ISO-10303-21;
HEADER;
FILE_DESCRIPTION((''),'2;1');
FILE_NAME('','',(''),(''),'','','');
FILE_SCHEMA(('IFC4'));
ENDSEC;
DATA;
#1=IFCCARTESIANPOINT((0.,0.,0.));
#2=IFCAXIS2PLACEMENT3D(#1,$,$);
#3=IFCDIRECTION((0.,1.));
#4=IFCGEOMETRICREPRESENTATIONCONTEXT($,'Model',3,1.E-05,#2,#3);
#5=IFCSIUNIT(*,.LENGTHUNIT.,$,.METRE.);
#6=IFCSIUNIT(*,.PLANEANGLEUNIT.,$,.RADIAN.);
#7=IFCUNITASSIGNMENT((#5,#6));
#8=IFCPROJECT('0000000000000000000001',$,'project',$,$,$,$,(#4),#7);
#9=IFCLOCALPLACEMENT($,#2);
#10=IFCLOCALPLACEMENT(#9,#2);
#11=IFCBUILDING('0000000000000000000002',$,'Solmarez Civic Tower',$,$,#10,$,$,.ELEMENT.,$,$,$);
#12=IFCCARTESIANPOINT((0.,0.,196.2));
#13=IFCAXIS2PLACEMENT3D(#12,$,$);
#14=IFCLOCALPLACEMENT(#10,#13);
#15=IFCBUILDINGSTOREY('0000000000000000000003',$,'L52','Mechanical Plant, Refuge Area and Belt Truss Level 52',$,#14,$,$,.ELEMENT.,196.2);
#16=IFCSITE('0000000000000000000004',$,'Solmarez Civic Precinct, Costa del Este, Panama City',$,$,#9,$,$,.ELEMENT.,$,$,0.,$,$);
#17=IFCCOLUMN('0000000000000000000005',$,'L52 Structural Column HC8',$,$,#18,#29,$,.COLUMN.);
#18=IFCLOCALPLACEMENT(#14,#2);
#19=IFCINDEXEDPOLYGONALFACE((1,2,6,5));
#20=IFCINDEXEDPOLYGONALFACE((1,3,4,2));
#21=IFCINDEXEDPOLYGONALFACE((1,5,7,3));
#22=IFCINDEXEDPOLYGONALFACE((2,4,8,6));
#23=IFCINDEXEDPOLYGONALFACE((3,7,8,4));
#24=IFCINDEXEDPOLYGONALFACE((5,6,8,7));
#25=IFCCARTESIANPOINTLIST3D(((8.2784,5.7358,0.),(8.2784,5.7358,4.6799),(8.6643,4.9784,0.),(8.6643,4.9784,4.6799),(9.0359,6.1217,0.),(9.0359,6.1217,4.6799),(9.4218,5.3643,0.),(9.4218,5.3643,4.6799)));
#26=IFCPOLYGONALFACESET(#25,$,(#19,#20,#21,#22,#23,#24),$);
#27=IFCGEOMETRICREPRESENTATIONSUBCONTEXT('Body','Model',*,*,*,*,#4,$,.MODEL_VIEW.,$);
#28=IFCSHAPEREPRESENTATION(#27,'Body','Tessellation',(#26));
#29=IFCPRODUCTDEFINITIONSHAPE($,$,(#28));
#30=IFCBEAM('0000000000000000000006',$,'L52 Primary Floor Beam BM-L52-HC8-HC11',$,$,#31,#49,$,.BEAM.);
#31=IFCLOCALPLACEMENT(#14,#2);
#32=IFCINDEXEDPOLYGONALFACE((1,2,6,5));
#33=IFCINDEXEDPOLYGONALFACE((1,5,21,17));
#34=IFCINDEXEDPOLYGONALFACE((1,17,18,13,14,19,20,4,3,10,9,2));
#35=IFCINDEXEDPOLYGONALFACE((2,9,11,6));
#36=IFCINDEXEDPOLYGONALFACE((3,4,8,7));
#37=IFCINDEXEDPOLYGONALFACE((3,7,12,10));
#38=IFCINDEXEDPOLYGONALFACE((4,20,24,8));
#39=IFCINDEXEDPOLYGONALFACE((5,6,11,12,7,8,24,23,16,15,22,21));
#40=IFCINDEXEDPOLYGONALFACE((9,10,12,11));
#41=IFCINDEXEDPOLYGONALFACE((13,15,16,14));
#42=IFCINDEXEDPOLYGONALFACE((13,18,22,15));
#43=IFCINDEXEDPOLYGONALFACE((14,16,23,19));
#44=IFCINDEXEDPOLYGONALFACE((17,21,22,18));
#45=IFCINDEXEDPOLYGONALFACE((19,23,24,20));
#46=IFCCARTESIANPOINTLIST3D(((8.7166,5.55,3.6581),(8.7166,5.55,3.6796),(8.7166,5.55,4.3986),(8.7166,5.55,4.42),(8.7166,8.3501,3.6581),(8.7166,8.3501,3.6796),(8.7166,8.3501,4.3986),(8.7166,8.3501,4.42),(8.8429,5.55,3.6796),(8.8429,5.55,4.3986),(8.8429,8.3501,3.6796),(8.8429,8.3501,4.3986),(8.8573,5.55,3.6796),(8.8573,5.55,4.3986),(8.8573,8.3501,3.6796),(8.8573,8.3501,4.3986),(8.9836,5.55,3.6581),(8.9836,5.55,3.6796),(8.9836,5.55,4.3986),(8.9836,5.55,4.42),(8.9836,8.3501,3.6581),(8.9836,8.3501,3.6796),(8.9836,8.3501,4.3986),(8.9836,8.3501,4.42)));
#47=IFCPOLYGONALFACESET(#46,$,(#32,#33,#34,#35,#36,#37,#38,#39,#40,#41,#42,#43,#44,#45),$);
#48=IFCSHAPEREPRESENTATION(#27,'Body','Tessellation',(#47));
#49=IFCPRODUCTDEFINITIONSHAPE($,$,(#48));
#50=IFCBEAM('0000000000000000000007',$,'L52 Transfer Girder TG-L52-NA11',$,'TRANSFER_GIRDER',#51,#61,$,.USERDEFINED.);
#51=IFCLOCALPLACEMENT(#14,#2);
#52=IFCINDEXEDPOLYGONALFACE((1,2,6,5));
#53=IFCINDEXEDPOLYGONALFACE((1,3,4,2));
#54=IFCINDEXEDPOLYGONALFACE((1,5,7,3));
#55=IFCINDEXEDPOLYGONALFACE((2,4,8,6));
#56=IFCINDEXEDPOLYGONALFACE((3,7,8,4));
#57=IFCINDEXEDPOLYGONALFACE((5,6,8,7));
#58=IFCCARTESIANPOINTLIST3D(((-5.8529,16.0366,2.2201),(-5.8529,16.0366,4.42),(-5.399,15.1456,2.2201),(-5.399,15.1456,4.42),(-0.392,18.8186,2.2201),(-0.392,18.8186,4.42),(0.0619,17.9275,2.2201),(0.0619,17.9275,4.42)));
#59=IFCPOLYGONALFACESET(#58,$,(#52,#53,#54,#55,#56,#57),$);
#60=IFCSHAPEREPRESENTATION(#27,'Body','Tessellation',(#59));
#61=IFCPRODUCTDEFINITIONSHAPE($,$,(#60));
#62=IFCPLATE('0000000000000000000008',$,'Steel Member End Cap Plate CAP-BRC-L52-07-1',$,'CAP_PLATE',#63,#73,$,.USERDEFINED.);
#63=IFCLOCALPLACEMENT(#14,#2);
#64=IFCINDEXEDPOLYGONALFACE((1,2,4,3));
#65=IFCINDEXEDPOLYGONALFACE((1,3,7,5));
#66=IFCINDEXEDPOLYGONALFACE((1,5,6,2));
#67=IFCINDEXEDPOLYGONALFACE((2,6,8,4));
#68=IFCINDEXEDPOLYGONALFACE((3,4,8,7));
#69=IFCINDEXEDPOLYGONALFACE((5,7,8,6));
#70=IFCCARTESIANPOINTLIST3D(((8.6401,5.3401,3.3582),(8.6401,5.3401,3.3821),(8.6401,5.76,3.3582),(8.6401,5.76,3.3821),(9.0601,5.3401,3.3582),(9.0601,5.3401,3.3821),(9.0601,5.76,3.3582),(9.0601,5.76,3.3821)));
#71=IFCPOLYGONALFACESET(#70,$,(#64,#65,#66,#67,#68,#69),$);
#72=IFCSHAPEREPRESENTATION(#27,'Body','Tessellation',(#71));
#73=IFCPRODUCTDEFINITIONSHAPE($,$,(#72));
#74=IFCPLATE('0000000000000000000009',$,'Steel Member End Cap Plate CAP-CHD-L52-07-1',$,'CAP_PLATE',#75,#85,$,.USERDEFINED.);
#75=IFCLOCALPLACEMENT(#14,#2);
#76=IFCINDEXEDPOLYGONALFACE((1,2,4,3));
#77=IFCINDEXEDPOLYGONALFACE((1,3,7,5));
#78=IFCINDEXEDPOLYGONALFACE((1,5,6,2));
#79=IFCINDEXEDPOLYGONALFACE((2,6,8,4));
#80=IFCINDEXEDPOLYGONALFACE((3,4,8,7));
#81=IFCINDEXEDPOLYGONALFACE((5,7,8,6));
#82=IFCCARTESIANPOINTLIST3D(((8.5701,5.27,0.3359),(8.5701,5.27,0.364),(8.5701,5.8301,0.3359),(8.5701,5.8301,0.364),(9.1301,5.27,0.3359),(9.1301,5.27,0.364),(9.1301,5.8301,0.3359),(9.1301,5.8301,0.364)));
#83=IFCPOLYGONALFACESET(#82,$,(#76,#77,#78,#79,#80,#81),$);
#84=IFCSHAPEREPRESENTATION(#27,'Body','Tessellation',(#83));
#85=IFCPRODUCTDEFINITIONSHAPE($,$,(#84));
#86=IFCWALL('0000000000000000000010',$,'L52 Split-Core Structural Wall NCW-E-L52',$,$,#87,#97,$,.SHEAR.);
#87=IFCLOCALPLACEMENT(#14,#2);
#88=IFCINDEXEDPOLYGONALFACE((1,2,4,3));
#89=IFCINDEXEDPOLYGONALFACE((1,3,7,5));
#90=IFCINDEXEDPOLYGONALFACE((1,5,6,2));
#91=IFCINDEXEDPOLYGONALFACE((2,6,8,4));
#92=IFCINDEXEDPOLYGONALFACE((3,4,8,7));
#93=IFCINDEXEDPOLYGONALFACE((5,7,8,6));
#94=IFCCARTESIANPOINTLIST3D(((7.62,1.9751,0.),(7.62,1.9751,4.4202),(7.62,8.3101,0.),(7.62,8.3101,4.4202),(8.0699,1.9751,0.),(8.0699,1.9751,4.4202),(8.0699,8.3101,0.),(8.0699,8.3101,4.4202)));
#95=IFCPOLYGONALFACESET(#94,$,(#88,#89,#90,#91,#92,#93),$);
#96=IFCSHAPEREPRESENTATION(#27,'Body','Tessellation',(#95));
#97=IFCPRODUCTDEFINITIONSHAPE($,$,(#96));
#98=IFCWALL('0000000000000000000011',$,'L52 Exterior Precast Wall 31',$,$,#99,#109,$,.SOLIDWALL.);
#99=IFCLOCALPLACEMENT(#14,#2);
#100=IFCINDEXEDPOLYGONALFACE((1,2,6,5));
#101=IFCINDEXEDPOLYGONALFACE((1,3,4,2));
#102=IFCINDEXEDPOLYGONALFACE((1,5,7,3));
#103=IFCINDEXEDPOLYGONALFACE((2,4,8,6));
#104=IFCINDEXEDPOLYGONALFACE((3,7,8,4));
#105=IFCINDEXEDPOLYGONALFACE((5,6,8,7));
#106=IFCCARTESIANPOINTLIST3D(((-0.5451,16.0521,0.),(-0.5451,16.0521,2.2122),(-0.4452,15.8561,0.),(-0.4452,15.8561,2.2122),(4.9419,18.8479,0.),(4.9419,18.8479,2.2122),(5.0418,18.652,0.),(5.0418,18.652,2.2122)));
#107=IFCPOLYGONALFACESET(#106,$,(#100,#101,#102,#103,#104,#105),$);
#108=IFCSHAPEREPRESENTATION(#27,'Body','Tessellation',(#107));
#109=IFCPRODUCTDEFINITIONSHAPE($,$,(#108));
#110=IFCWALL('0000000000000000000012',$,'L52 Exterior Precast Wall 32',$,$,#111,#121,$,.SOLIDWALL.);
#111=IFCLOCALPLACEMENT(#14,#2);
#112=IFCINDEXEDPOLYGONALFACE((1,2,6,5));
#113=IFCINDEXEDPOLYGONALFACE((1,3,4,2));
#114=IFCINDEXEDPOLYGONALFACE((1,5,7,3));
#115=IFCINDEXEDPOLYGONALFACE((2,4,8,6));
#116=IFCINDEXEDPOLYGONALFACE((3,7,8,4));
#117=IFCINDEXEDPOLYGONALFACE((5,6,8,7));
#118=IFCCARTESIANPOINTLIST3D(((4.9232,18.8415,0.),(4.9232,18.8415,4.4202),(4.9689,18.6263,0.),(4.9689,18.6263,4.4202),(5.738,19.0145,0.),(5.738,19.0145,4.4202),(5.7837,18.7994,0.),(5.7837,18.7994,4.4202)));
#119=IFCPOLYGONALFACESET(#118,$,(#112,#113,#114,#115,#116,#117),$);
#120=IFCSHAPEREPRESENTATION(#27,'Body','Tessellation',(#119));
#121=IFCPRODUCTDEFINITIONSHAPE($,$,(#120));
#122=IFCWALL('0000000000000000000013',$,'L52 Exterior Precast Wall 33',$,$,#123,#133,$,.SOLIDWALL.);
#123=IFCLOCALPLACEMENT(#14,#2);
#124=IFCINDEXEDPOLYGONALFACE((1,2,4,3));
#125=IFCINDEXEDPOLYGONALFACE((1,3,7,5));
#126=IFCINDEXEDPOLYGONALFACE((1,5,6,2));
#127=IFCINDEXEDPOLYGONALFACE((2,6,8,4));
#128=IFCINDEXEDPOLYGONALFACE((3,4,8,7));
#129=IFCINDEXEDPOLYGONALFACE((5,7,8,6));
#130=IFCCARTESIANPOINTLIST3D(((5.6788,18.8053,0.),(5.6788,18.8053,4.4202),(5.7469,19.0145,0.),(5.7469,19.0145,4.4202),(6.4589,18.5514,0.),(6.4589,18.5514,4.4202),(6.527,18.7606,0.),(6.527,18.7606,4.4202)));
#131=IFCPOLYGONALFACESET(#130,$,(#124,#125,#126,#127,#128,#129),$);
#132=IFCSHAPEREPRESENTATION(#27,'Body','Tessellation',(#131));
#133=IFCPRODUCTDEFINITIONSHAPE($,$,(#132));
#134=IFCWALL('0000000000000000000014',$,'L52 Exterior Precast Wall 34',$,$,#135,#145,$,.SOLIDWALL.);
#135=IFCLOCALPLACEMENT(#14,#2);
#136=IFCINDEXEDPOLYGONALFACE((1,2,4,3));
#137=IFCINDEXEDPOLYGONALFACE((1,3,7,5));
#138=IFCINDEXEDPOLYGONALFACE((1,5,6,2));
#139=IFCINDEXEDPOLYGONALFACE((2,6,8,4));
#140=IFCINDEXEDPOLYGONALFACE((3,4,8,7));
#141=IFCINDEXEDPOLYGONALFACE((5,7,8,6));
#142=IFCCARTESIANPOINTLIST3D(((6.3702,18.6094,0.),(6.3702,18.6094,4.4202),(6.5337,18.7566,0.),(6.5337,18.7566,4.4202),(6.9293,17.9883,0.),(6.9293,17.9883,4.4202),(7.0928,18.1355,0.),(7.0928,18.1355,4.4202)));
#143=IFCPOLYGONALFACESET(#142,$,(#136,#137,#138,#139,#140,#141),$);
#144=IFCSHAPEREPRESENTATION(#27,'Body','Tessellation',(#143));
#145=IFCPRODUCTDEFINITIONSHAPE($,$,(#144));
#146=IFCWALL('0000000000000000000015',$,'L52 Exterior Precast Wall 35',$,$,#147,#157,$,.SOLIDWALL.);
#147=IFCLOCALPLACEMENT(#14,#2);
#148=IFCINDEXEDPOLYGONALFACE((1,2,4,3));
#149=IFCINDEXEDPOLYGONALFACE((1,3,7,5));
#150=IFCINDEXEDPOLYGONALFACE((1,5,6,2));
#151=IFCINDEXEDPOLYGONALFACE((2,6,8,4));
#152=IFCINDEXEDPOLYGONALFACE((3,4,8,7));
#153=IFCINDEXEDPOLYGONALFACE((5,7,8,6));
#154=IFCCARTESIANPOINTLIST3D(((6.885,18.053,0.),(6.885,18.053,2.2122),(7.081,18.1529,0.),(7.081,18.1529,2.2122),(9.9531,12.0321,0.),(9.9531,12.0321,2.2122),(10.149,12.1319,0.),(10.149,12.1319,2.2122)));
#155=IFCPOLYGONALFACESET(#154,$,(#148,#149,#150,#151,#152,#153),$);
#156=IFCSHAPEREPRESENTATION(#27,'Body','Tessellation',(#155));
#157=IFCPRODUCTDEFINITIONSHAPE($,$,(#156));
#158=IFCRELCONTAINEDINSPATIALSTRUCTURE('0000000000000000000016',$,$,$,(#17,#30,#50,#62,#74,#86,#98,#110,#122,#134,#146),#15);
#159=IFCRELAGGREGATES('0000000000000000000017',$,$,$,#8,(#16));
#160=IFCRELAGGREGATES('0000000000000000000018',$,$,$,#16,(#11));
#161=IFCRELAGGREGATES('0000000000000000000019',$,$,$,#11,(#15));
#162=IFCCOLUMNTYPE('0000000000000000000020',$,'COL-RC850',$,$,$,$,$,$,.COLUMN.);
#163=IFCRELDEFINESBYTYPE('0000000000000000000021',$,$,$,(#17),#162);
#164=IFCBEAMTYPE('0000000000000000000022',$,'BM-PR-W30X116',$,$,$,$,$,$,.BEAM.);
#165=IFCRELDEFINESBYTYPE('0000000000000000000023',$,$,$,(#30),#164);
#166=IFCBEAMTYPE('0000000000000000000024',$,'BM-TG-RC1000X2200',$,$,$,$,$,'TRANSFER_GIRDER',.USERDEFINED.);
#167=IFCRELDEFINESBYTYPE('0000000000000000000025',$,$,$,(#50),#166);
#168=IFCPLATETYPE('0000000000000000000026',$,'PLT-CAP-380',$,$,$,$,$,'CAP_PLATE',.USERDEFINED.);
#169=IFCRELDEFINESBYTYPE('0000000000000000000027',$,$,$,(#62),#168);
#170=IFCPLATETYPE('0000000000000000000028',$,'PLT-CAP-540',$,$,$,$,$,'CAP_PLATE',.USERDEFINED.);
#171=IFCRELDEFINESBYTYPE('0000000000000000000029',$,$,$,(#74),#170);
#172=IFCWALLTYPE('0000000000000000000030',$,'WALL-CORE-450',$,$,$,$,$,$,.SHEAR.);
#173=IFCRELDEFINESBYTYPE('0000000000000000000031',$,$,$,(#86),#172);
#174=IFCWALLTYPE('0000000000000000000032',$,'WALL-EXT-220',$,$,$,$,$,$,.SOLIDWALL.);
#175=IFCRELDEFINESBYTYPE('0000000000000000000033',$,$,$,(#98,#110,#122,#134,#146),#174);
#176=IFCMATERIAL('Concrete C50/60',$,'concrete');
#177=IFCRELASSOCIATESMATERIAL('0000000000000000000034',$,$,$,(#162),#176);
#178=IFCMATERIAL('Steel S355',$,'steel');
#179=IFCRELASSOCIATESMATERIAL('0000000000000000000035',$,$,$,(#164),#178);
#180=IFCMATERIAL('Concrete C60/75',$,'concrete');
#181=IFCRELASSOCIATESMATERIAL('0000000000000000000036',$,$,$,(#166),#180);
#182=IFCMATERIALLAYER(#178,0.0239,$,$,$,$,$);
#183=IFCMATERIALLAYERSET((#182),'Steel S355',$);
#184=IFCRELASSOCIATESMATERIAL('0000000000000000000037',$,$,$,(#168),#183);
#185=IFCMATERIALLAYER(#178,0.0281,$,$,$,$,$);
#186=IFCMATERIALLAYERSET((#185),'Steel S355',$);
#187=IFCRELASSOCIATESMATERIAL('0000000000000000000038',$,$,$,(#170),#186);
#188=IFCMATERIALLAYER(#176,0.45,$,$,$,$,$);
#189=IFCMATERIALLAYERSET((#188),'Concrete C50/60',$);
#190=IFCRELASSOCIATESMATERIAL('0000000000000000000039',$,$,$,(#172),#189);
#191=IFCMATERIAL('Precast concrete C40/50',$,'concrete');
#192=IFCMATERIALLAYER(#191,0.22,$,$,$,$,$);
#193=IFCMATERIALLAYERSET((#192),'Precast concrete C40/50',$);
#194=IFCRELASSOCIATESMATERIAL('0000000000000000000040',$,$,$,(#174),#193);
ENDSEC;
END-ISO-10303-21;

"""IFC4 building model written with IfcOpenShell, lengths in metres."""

from ifc_helpers import new_model, si_unit, direction, frame, frame_2d, origin, origin_2d, place, context, subcontext, project, spatial, rectangle, i_section, extrude, material, layer, layer_set, material_profile, profile_set, type_object, element, save


model = new_model("IFC4")

# Units and contexts
model_context = context("Model", 3, precision=1e-05, world=origin(), true_north=direction((0.0, 1.0)))
body_context = subcontext(model_context, "Body", "Model", "MODEL_VIEW")
ifc_project = project(units=[si_unit("LENGTHUNIT", "METRE"), si_unit("PLANEANGLEUNIT", "RADIAN")], contexts=[model_context])

# Site, building, storey
site_placement = place(None, origin())
site = spatial("IfcSite", under=ifc_project, at=site_placement, Name="Solmarez Civic Precinct, Costa del Este, Panama City", CompositionType="ELEMENT", RefElevation=0.0)
building_placement = place(site_placement, origin())
building = spatial("IfcBuilding", under=site, at=building_placement, Name="Solmarez Civic Tower", CompositionType="ELEMENT")
storey_placement = place(building_placement, frame((0.0, 0.0, 196.2)))
storey = spatial("IfcBuildingStorey", under=building, at=storey_placement, Name="L52", Description="Mechanical Plant, Refuge Area and Belt Truss Level 52", CompositionType="ELEMENT", Elevation=196.2)

# Column
ifc_material_1 = material(Name="Concrete C50/60", Category="concrete")
ifc_material_profile_1 = material_profile(ifc_material_1, rectangle(XDim=0.8501, YDim=0.8501, at=origin_2d()), Name="RC850X850")
ifc_profile_set_1 = profile_set([ifc_material_profile_1], Name="Concrete C50/60")
column_type = type_object("IfcColumnType", Name="COL-RC850", PredefinedType="COLUMN", material=ifc_profile_set_1)
column_placement = place(storey_placement, frame((8.8501, 5.55, 0.0), z_axis=(0.0, 0.0, 1.0), x_axis=(0.891007, 0.45399, 0.0)))
element("IfcColumn", 1, at=column_placement, inside=storey, type_object=column_type, Name="L52 Structural Column HC8", PredefinedType="COLUMN", context=body_context, shape_type="SweptSolid", body=[
    extrude(rectangle(XDim=0.8501, YDim=0.8501, at=origin_2d()), origin(), (0.0, 0.0, 1.0), 4.6799),
])

# Beams
ifc_material_2 = material(Name="Steel S355", Category="steel")
ifc_material_profile_2 = material_profile(ifc_material_2, i_section(OverallWidth=0.2671, OverallDepth=0.762, WebThickness=0.0144, FlangeThickness=0.0215, at=origin_2d()), Name="W30X116")
ifc_profile_set_2 = profile_set([ifc_material_profile_2], Name="Steel S355")
beam_type_1 = type_object("IfcBeamType", Name="BM-PR-W30X116", PredefinedType="BEAM", material=ifc_profile_set_2)
beam_1_placement = place(storey_placement, frame((8.8501, 5.55, 4.0391), z_axis=(0.0, 1.0, 0.0), x_axis=(-1.0, 0.0, 0.0)))
element("IfcBeam", 2, at=beam_1_placement, inside=storey, type_object=beam_type_1, Name="L52 Primary Floor Beam BM-L52-HC8-HC11", PredefinedType="BEAM", context=body_context, shape_type="SweptSolid", body=[
    extrude(i_section(OverallWidth=0.2671, OverallDepth=0.762, WebThickness=0.0144, FlangeThickness=0.0215, at=origin_2d()), origin(), (0.0, 0.0, 1.0), 2.8),
])
ifc_material_3 = material(Name="Concrete C60/75", Category="concrete")
ifc_material_profile_3 = material_profile(ifc_material_3, rectangle(XDim=1.0, YDim=2.2, at=origin_2d()), Name="RC1000X2200")
ifc_profile_set_3 = profile_set([ifc_material_profile_3], Name="Concrete C60/75")
beam_type_2 = type_object("IfcBeamType", Name="BM-TG-RC1000X2200", ElementType="TRANSFER_GIRDER", PredefinedType="USERDEFINED", material=ifc_profile_set_3)
beam_2_placement = place(storey_placement, frame((-0.165, 18.373, 3.3201), z_axis=(-0.89104, -0.453925, 0.0), x_axis=(0.453925, -0.89104, 0.0)))
element("IfcBeam", 3, at=beam_2_placement, inside=storey, type_object=beam_type_2, Name="L52 Transfer Girder TG-L52-NA11", ObjectType="TRANSFER_GIRDER", PredefinedType="USERDEFINED", context=body_context, shape_type="SweptSolid", body=[
    extrude(rectangle(XDim=1.0, YDim=2.2, at=origin_2d()), origin(), (0.0, 0.0, 1.0), 6.1287),
])

# Plates
ifc_layer_1 = layer(ifc_material_2, 0.0239)
ifc_layer_set_1 = layer_set([ifc_layer_1], Name="Steel S355")
plate_type_1 = type_object("IfcPlateType", Name="PLT-CAP-380", ElementType="CAP_PLATE", PredefinedType="USERDEFINED", material=ifc_layer_set_1)
plate_1_placement = place(storey_placement, frame((8.8501, 5.55, 3.3582), z_axis=(0.0, 0.0, 1.0), x_axis=(1.0, 0.0, 0.0)))
element("IfcPlate", 4, at=plate_1_placement, inside=storey, type_object=plate_type_1, Name="Steel Member End Cap Plate CAP-BRC-L52-07-1", ObjectType="CAP_PLATE", PredefinedType="USERDEFINED", context=body_context, shape_type="SweptSolid", body=[
    extrude(rectangle(XDim=0.4199, YDim=0.4199, at=origin_2d()), origin(), (0.0, 0.0, 1.0), 0.0239),
])
ifc_layer_2 = layer(ifc_material_2, 0.0281)
ifc_layer_set_2 = layer_set([ifc_layer_2], Name="Steel S355")
plate_type_2 = type_object("IfcPlateType", Name="PLT-CAP-540", ElementType="CAP_PLATE", PredefinedType="USERDEFINED", material=ifc_layer_set_2)
plate_2_placement = place(storey_placement, frame((8.8501, 5.55, 0.3359), z_axis=(0.0, 0.0, 1.0), x_axis=(1.0, 0.0, 0.0)))
element("IfcPlate", 5, at=plate_2_placement, inside=storey, type_object=plate_type_2, Name="Steel Member End Cap Plate CAP-CHD-L52-07-1", ObjectType="CAP_PLATE", PredefinedType="USERDEFINED", context=body_context, shape_type="SweptSolid", body=[
    extrude(rectangle(XDim=0.5601, YDim=0.5601, at=origin_2d()), origin(), (0.0, 0.0, 1.0), 0.0281),
])

# Walls
ifc_layer_3 = layer(ifc_material_1, 0.45)
ifc_layer_set_3 = layer_set([ifc_layer_3], Name="Concrete C50/60")
wall_type_1 = type_object("IfcWallType", Name="WALL-CORE-450", PredefinedType="SHEAR", material=ifc_layer_set_3)
wall_1_placement = place(storey_placement, frame((7.845, 8.3101, 0.0), z_axis=(0.0, 0.0, 1.0), x_axis=(0.0, -1.0, 0.0)))
element("IfcWall", 6, at=wall_1_placement, inside=storey, type_object=wall_type_1, Name="L52 Split-Core Structural Wall NCW-E-L52", PredefinedType="SHEAR", context=body_context, shape_type="SweptSolid", body=[
    extrude(rectangle(XDim=6.335, YDim=0.45, at=frame_2d((3.1675, 0.0))), origin(), (0.0, 0.0, 1.0), 4.4202),
])
ifc_material_4 = material(Name="Precast concrete C40/50", Category="concrete")
ifc_layer_4 = layer(ifc_material_4, 0.22)
ifc_layer_set_4 = layer_set([ifc_layer_4], Name="Precast concrete C40/50")
wall_type_2 = type_object("IfcWallType", Name="WALL-EXT-220", PredefinedType="SOLIDWALL", material=ifc_layer_set_4)
wall_2_placement = place(storey_placement, frame((-0.4951, 15.9541, 0.0), z_axis=(0.0, 0.0, 1.0), x_axis=(0.891, 0.454004, 0.0)))
element("IfcWall", 7, at=wall_2_placement, inside=storey, type_object=wall_type_2, Name="L52 Exterior Precast Wall 31", PredefinedType="SOLIDWALL", context=body_context, shape_type="SweptSolid", body=[
    extrude(rectangle(XDim=6.1582, YDim=0.22, at=frame_2d((3.0791, 0.0))), origin(), (0.0, 0.0, 1.0), 2.2122),
])
wall_3_placement = place(storey_placement, frame((4.946, 18.7339, 0.0), z_axis=(0.0, 0.0, 1.0), x_axis=(0.978178, 0.207768, 0.0)))
element("IfcWall", 8, at=wall_3_placement, inside=storey, type_object=wall_type_2, Name="L52 Exterior Precast Wall 32", PredefinedType="SOLIDWALL", context=body_context, shape_type="SweptSolid", body=[
    extrude(rectangle(XDim=0.833, YDim=0.22, at=frame_2d((0.4165, 0.0))), origin(), (0.0, 0.0, 1.0), 4.4202),
])
wall_4_placement = place(storey_placement, frame((5.7129, 18.9099, 0.0), z_axis=(0.0, 0.0, 1.0), x_axis=(0.950892, -0.309523, 0.0)))
element("IfcWall", 9, at=wall_4_placement, inside=storey, type_object=wall_type_2, Name="L52 Exterior Precast Wall 33", PredefinedType="SOLIDWALL", context=body_context, shape_type="SweptSolid", body=[
    extrude(rectangle(XDim=0.8203, YDim=0.22, at=frame_2d((0.4102, 0.0))), origin(), (0.0, 0.0, 1.0), 4.4202),
])
wall_5_placement = place(storey_placement, frame((6.4519, 18.6831, 0.0), z_axis=(0.0, 0.0, 1.0), x_axis=(0.669029, -0.743236, 0.0)))
element("IfcWall", 10, at=wall_5_placement, inside=storey, type_object=wall_type_2, Name="L52 Exterior Precast Wall 34", PredefinedType="SOLIDWALL", context=body_context, shape_type="SweptSolid", body=[
    extrude(rectangle(XDim=0.8357, YDim=0.22, at=frame_2d((0.418, 0.0))), origin(), (0.0, 0.0, 1.0), 4.4202),
])
wall_6_placement = place(storey_placement, frame((6.9829, 18.103, 0.0), z_axis=(0.0, 0.0, 1.0), x_axis=(0.454022, -0.890991, 0.0)))
element("IfcWall", 11, at=wall_6_placement, inside=storey, type_object=wall_type_2, Name="L52 Exterior Precast Wall 35", PredefinedType="SOLIDWALL", context=body_context, shape_type="SweptSolid", body=[
    extrude(rectangle(XDim=6.7576, YDim=0.22, at=frame_2d((3.3789, 0.0))), origin(), (0.0, 0.0, 1.0), 2.2122),
])

save(model, "model.ifc")
